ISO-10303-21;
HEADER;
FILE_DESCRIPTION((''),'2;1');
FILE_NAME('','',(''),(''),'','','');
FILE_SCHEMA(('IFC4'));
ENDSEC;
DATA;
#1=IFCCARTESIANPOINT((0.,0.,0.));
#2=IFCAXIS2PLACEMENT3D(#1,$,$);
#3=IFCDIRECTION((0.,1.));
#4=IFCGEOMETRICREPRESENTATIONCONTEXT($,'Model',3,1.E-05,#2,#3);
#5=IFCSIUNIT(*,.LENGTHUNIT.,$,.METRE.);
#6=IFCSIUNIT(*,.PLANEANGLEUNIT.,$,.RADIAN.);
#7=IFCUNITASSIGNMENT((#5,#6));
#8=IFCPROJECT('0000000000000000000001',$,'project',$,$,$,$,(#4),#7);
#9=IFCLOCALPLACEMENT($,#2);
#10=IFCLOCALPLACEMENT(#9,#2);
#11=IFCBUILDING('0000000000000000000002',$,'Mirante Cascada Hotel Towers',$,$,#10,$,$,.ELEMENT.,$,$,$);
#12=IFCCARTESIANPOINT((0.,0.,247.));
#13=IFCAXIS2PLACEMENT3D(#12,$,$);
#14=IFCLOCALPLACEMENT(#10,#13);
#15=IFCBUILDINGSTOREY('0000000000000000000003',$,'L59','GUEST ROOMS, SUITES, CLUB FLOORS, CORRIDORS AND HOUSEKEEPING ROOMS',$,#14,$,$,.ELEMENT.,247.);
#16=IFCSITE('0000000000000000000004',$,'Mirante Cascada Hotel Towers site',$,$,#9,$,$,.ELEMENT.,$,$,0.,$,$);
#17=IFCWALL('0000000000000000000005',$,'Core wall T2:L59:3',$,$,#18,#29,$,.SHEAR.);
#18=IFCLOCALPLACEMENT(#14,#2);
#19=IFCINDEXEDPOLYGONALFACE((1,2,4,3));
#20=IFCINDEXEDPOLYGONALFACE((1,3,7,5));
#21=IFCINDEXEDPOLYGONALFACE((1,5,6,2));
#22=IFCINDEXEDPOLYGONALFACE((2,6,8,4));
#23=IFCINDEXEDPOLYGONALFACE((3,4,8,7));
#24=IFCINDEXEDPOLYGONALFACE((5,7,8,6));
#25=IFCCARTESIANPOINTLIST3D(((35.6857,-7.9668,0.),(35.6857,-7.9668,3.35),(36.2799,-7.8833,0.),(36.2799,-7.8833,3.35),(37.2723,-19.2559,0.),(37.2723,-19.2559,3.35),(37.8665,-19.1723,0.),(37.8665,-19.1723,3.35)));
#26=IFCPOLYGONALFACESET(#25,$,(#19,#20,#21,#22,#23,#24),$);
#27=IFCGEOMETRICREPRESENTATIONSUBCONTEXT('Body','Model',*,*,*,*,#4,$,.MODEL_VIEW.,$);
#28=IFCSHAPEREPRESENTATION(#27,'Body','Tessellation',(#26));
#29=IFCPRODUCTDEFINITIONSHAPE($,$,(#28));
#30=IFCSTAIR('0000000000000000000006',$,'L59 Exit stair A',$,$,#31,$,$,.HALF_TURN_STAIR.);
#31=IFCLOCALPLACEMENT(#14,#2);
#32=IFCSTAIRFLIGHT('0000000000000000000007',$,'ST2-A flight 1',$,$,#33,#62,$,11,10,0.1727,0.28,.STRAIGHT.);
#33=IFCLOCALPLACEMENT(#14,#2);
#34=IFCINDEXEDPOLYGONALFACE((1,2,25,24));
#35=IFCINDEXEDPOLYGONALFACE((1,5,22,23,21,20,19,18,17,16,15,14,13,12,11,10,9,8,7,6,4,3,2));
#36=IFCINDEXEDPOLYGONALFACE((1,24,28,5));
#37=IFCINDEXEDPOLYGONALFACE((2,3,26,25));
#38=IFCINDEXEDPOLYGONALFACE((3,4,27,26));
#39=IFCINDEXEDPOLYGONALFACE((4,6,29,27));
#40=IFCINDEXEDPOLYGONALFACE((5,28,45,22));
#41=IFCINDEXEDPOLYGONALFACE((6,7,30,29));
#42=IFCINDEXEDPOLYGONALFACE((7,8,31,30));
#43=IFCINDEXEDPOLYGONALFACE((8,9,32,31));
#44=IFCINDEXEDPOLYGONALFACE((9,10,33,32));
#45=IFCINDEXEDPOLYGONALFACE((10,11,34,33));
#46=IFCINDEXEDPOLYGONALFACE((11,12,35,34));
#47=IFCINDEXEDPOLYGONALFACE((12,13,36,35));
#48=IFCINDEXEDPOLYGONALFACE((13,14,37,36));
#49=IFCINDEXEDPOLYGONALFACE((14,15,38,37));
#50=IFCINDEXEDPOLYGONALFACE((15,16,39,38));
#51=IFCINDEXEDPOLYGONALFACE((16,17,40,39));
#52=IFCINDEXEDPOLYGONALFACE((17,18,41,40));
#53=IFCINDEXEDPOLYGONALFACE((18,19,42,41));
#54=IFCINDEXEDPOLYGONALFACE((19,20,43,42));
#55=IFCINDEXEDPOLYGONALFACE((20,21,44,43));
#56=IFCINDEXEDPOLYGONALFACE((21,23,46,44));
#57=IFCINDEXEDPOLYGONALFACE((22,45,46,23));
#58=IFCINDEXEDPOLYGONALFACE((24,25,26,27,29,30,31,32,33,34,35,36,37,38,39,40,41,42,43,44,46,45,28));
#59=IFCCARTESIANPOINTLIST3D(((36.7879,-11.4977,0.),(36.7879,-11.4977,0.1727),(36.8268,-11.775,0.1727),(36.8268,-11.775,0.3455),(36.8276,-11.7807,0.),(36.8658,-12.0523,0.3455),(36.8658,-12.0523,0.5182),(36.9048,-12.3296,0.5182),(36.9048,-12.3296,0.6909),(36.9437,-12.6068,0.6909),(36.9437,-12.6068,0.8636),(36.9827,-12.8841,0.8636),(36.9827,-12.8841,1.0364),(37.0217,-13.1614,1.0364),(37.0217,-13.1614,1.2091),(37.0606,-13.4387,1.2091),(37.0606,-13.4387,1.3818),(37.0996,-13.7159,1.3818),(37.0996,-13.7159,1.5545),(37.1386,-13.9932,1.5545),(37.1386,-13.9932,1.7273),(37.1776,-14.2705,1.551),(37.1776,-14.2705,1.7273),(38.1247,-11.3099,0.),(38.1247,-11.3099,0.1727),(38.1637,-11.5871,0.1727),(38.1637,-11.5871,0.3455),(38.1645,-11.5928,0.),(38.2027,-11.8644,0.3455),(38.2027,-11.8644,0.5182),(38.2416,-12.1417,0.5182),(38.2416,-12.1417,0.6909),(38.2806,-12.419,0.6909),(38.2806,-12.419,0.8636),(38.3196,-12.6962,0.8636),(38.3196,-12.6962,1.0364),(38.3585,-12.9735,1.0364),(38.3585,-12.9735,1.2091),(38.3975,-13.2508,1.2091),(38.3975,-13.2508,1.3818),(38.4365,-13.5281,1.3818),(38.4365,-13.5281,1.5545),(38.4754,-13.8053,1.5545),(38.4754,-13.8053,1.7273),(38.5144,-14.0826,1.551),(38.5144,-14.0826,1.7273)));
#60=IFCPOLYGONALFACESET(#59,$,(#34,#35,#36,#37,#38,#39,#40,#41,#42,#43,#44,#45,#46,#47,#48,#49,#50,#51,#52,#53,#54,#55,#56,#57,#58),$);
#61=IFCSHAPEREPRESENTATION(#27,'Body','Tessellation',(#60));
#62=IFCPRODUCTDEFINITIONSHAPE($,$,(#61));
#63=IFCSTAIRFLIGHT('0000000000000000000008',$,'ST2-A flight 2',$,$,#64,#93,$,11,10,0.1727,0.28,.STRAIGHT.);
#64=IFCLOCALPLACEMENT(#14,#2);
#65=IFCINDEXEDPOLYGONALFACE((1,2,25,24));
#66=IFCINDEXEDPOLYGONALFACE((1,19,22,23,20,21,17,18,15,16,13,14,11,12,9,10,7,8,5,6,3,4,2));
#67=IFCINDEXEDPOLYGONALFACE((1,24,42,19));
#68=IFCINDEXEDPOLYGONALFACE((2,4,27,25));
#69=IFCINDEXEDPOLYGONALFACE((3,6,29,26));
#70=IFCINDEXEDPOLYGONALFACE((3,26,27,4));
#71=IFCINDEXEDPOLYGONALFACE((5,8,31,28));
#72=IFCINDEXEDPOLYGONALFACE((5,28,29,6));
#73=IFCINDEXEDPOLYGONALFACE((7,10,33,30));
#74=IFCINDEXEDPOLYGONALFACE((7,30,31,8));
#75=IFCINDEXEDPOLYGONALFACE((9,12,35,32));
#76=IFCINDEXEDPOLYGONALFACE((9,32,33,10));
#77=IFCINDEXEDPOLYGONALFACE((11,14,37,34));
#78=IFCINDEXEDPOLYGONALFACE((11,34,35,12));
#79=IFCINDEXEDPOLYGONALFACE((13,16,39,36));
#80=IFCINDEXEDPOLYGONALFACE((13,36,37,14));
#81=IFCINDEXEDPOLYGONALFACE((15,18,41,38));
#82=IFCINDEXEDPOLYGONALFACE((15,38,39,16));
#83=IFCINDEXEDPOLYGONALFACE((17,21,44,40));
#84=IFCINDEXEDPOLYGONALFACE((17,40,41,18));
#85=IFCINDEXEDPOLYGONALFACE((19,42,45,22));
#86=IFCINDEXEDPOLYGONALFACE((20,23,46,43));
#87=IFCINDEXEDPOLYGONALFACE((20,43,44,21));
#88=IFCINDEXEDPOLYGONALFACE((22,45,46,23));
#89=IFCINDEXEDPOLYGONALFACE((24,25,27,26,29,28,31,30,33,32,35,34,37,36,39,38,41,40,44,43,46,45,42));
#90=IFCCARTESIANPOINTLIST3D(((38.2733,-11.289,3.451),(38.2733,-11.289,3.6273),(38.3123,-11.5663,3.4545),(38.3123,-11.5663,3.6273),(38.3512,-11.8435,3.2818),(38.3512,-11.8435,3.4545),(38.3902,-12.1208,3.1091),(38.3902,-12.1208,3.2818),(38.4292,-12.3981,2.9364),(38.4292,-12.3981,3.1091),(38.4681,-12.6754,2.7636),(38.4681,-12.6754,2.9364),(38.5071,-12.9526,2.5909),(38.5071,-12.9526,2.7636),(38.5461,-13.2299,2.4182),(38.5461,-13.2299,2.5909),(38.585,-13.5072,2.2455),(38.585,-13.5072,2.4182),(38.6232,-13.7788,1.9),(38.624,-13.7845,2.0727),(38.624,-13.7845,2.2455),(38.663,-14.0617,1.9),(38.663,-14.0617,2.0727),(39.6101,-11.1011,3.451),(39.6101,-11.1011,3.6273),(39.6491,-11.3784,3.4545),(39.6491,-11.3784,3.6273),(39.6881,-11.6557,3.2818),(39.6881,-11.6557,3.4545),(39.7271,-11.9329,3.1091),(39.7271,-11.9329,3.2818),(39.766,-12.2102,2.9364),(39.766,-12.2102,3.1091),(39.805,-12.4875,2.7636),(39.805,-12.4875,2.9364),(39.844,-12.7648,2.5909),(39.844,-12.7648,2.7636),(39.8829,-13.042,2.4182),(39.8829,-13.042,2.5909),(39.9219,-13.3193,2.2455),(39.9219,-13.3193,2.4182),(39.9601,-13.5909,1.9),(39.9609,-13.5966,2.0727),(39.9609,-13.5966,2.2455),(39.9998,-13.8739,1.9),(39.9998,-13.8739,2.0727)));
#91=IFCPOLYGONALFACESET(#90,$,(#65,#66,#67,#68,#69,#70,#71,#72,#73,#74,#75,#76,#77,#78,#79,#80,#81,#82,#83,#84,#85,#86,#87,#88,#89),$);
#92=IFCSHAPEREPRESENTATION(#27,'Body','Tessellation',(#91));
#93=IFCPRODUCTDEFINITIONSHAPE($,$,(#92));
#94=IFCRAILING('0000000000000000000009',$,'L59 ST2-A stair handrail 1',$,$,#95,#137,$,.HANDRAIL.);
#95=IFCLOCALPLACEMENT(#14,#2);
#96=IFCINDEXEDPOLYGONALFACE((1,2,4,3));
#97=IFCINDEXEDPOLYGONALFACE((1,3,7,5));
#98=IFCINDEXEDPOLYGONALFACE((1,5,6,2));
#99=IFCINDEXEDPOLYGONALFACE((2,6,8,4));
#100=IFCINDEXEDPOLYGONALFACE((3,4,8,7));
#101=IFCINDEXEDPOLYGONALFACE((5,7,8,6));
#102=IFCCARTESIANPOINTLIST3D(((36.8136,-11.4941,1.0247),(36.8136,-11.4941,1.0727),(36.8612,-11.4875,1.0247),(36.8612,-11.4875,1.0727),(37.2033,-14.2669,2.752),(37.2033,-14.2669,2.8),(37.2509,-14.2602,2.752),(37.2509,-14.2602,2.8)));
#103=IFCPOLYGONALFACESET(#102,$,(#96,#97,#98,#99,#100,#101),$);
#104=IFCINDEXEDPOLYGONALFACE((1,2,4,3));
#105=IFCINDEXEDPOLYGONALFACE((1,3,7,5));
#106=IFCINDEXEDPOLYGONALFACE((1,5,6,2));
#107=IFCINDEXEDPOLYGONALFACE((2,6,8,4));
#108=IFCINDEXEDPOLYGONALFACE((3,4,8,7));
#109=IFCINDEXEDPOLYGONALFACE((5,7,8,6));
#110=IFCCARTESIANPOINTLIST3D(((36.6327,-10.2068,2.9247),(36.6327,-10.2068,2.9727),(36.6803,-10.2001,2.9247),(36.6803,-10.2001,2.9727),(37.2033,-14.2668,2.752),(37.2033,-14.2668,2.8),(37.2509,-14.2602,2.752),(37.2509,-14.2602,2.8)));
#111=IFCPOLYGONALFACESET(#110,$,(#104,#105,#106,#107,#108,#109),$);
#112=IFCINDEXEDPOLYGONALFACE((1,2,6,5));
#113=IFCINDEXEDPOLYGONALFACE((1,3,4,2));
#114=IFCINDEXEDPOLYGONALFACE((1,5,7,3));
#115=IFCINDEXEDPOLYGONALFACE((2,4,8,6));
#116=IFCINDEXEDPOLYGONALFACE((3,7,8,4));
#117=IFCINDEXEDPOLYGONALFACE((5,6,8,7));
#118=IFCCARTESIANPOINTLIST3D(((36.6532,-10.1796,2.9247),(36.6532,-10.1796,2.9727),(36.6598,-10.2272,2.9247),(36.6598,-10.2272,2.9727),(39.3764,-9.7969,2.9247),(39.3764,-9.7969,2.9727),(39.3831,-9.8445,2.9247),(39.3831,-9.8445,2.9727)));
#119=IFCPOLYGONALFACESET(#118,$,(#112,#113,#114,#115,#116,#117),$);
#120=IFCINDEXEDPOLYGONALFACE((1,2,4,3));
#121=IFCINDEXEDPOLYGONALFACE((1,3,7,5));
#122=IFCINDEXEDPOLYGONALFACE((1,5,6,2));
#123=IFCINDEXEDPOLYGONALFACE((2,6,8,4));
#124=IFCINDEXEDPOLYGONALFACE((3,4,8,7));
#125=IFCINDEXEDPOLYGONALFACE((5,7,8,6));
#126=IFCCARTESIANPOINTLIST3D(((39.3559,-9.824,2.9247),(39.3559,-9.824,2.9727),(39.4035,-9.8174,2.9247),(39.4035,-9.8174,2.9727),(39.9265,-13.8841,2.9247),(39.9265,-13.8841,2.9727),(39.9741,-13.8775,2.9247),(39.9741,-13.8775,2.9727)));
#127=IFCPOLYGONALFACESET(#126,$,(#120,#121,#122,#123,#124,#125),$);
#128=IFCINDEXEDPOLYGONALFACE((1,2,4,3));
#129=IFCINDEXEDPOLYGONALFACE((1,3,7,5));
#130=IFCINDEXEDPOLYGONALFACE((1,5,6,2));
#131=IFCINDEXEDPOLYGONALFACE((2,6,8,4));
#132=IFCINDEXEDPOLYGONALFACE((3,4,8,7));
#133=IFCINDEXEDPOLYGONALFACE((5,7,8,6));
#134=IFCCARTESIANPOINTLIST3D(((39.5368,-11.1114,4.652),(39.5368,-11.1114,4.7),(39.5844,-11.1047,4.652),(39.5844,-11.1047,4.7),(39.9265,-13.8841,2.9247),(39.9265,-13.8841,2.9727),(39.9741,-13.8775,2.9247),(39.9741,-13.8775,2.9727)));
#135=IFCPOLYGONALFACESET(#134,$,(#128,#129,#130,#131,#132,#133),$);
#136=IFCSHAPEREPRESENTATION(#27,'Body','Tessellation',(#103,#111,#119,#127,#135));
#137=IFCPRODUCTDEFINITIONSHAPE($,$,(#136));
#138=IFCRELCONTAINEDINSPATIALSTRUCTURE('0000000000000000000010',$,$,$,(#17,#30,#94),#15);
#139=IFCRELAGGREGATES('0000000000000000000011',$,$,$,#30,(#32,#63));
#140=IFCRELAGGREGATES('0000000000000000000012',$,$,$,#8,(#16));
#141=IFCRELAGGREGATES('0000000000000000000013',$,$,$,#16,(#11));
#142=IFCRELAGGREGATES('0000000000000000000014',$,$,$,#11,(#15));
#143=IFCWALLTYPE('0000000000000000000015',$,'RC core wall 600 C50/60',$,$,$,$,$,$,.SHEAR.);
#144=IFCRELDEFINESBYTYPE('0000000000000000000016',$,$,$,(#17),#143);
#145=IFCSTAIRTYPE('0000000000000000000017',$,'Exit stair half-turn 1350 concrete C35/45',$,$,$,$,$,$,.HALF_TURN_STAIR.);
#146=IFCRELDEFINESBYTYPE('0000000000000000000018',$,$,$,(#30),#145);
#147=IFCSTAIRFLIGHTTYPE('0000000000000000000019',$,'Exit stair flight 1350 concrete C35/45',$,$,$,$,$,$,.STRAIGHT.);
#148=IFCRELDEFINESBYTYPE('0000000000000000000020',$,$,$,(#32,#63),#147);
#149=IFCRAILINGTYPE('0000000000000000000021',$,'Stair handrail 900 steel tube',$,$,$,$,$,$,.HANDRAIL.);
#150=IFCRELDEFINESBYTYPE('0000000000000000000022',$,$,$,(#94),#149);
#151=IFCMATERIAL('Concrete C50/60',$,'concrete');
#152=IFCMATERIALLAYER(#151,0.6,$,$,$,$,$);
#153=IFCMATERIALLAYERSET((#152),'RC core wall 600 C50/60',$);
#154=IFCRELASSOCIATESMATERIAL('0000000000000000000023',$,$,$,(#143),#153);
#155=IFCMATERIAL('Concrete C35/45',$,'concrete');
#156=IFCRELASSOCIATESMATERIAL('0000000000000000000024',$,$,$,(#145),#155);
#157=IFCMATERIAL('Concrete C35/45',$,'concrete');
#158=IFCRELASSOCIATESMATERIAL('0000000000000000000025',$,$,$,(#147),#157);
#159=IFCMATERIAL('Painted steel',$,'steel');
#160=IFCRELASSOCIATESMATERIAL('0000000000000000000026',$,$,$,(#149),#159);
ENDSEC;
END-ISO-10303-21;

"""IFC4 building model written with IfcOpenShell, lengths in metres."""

from ifc_helpers import new_model, si_unit, direction, frame, frame_2d, origin, origin_2d, place, context, subcontext, project, spatial, polyline, rectangle, outline, extrude, material, layer, layer_set, type_object, element, aggregate, save


model = new_model("IFC4")

# Units and contexts
model_context = context("Model", 3, precision=1e-05, world=origin(), true_north=direction((0.0, 1.0)))
body_context = subcontext(model_context, "Body", "Model", "MODEL_VIEW")
ifc_project = project(units=[si_unit("LENGTHUNIT", "METRE"), si_unit("PLANEANGLEUNIT", "RADIAN")], contexts=[model_context])

# Site, building, storey
site_placement = place(None, origin())
site = spatial("IfcSite", under=ifc_project, at=site_placement, Name="Mirante Cascada Hotel Towers site", CompositionType="ELEMENT", RefElevation=0.0)
building_placement = place(site_placement, origin())
building = spatial("IfcBuilding", under=site, at=building_placement, Name="Mirante Cascada Hotel Towers", CompositionType="ELEMENT")
storey_placement = place(building_placement, frame((0.0, 0.0, 247.0)))
storey = spatial("IfcBuildingStorey", under=building, at=storey_placement, Name="L59", Description="GUEST ROOMS, SUITES, CLUB FLOORS, CORRIDORS AND HOUSEKEEPING ROOMS", CompositionType="ELEMENT", Elevation=247.0)

# Wall
ifc_material_1 = material(Name="Concrete C50/60", Category="concrete")
ifc_layer_1 = layer(ifc_material_1, 0.6)
ifc_layer_set_1 = layer_set([ifc_layer_1], Name="RC core wall 600 C50/60")
wall_type_1 = type_object("IfcWallType", Name="RC core wall 600 C50/60", PredefinedType="SHEAR", material=ifc_layer_set_1)
wall_1_placement = place(storey_placement, frame((37.5694, -19.2141, 0.0), z_axis=(0.0, 0.0, 1.0), x_axis=(-0.139175, 0.990268, 0.0)))
element("IfcWall", 1, at=wall_1_placement, inside=storey, type_object=wall_type_1, Name="Core wall T2:L59:3", PredefinedType="SHEAR", context=body_context, shape_type="SweptSolid", body=[
    extrude(rectangle(XDim=11.4, YDim=0.6, at=frame_2d((5.7, 0.0))), origin(), (0.0, 0.0, 1.0), 3.35),
])

# Stair, stair flights
ifc_material_2 = material(Name="Concrete C35/45", Category="concrete")
stair_type = type_object("IfcStairType", Name="Exit stair half-turn 1350 concrete C35/45", PredefinedType="HALF_TURN_STAIR", material=ifc_material_2)
stair_placement = place(storey_placement, origin())
stair = element("IfcStair", 2, at=stair_placement, inside=storey, type_object=stair_type, Name="L59 Exit stair A", PredefinedType="HALF_TURN_STAIR")
ifc_material_3 = material(Name="Concrete C35/45", Category="concrete")
stair_flight_type = type_object("IfcStairFlightType", Name="Exit stair flight 1350 concrete C35/45", PredefinedType="STRAIGHT", material=ifc_material_3)
stair_flight_1_placement = place(storey_placement, frame((37.4563, -11.4038, 0.0), z_axis=(0.0, 0.0, 1.0), x_axis=(0.139173, -0.990268, 0.0)))
stair_flight_1 = element("IfcStairFlight", 3, at=stair_flight_1_placement, type_object=stair_flight_type, Name="ST2-A flight 1", NumberOfRisers=11, NumberOfTreads=10, PredefinedType="STRAIGHT", RiserHeight=0.1727, TreadLength=0.28, context=body_context, shape_type="SweptSolid", body=[
    extrude(outline(polyline([(0.0, 0.0), (0.0, 0.1727), (0.28, 0.1727), (0.28, 0.3455), (0.56, 0.3455), (0.56, 0.5182), (0.84, 0.5182), (0.84, 0.6909), (1.12, 0.6909), (1.12, 0.8636), (1.4, 0.8636), (1.4, 1.0364), (1.68, 1.0364), (1.68, 1.2091), (1.96, 1.2091), (1.96, 1.3818), (2.24, 1.3818), (2.24, 1.5545), (2.52, 1.5545), (2.52, 1.7273), (2.8, 1.7273), (2.8, 1.9), (2.8, 1.551), (0.2857, 0.0), (0.0, 0.0)])), frame((0.0, 0.675, 0.0), z_axis=(0.0, -1.0, 0.0), x_axis=(1.0, 0.0, 0.0)), (0.0, 0.0, 1.0), 1.35),
])
stair_flight_2_placement = place(storey_placement, frame((39.3314, -13.9678, 1.9), z_axis=(0.0, 0.0, 1.0), x_axis=(-0.139173, 0.990268, 0.0)))
stair_flight_2 = element("IfcStairFlight", 4, at=stair_flight_2_placement, type_object=stair_flight_type, Name="ST2-A flight 2", NumberOfRisers=11, NumberOfTreads=10, PredefinedType="STRAIGHT", RiserHeight=0.1727, TreadLength=0.28, context=body_context, shape_type="SweptSolid", body=[
    extrude(outline(polyline([(0.0, 0.0), (0.0, 0.1727), (0.28, 0.1727), (0.28, 0.3455), (0.56, 0.3455), (0.56, 0.5182), (0.84, 0.5182), (0.84, 0.6909), (1.12, 0.6909), (1.12, 0.8636), (1.4, 0.8636), (1.4, 1.0364), (1.68, 1.0364), (1.68, 1.2091), (1.96, 1.2091), (1.96, 1.3818), (2.24, 1.3818), (2.24, 1.5545), (2.52, 1.5545), (2.52, 1.7273), (2.8, 1.7273), (2.8, 1.9), (2.8, 1.551), (0.2857, 0.0), (0.0, 0.0)])), frame((0.0, 0.675, 0.0), z_axis=(0.0, -1.0, 0.0), x_axis=(1.0, 0.0, 0.0)), (0.0, 0.0, 1.0), 1.35),
])
aggregate(stair, [stair_flight_1, stair_flight_2])

# Railing
ifc_material_4 = material(Name="Painted steel", Category="steel")
railing_type = type_object("IfcRailingType", Name="Stair handrail 900 steel tube", PredefinedType="HANDRAIL", material=ifc_material_4)
railing_placement = place(storey_placement, frame((36.8374, -11.4908, 0.1727)))
element("IfcRailing", 5, at=railing_placement, inside=storey, type_object=railing_type, Name="L59 ST2-A stair handrail 1", PredefinedType="HANDRAIL", context=body_context, shape_type="SweptSolid", body=[
    extrude(rectangle(XDim=0.048, YDim=0.048, at=origin_2d()), frame((0.0, 0.0, 0.876), z_axis=(0.139181, -0.990267, 0.0), x_axis=(0.990267, 0.139181, 0.0)), (0.0, 0.525035, 0.851081), 3.2899),
    extrude(rectangle(XDim=0.048, YDim=0.048, at=origin_2d()), frame((0.3897, -2.7727, 2.6033), z_axis=(-0.139171, 0.990268, 0.0), x_axis=(-0.990268, -0.139171, 0.0)), (0.0, 0.042085, 0.999114), 4.1036),
    extrude(rectangle(XDim=0.048, YDim=0.048, at=origin_2d()), frame((-0.1809, 1.2874, 2.776), z_axis=(0.990269, 0.139166, 0.0), x_axis=(-0.139166, 0.990269, 0.0)), (0.0, 0.0, 1.0), 2.75),
    extrude(rectangle(XDim=0.048, YDim=0.048, at=origin_2d()), frame((2.5423, 1.6701, 2.776), z_axis=(0.139171, -0.990268, 0.0), x_axis=(0.990268, 0.139171, 0.0)), (0.0, 0.0, 1.0), 4.1),
    extrude(rectangle(XDim=0.048, YDim=0.048, at=origin_2d()), frame((3.1129, -2.39, 2.776), z_axis=(-0.139181, 0.990267, 0.0), x_axis=(-0.990267, -0.139181, 0.0)), (0.0, 0.525035, 0.851081), 3.2899),
])

save(model, "model.ifc")
